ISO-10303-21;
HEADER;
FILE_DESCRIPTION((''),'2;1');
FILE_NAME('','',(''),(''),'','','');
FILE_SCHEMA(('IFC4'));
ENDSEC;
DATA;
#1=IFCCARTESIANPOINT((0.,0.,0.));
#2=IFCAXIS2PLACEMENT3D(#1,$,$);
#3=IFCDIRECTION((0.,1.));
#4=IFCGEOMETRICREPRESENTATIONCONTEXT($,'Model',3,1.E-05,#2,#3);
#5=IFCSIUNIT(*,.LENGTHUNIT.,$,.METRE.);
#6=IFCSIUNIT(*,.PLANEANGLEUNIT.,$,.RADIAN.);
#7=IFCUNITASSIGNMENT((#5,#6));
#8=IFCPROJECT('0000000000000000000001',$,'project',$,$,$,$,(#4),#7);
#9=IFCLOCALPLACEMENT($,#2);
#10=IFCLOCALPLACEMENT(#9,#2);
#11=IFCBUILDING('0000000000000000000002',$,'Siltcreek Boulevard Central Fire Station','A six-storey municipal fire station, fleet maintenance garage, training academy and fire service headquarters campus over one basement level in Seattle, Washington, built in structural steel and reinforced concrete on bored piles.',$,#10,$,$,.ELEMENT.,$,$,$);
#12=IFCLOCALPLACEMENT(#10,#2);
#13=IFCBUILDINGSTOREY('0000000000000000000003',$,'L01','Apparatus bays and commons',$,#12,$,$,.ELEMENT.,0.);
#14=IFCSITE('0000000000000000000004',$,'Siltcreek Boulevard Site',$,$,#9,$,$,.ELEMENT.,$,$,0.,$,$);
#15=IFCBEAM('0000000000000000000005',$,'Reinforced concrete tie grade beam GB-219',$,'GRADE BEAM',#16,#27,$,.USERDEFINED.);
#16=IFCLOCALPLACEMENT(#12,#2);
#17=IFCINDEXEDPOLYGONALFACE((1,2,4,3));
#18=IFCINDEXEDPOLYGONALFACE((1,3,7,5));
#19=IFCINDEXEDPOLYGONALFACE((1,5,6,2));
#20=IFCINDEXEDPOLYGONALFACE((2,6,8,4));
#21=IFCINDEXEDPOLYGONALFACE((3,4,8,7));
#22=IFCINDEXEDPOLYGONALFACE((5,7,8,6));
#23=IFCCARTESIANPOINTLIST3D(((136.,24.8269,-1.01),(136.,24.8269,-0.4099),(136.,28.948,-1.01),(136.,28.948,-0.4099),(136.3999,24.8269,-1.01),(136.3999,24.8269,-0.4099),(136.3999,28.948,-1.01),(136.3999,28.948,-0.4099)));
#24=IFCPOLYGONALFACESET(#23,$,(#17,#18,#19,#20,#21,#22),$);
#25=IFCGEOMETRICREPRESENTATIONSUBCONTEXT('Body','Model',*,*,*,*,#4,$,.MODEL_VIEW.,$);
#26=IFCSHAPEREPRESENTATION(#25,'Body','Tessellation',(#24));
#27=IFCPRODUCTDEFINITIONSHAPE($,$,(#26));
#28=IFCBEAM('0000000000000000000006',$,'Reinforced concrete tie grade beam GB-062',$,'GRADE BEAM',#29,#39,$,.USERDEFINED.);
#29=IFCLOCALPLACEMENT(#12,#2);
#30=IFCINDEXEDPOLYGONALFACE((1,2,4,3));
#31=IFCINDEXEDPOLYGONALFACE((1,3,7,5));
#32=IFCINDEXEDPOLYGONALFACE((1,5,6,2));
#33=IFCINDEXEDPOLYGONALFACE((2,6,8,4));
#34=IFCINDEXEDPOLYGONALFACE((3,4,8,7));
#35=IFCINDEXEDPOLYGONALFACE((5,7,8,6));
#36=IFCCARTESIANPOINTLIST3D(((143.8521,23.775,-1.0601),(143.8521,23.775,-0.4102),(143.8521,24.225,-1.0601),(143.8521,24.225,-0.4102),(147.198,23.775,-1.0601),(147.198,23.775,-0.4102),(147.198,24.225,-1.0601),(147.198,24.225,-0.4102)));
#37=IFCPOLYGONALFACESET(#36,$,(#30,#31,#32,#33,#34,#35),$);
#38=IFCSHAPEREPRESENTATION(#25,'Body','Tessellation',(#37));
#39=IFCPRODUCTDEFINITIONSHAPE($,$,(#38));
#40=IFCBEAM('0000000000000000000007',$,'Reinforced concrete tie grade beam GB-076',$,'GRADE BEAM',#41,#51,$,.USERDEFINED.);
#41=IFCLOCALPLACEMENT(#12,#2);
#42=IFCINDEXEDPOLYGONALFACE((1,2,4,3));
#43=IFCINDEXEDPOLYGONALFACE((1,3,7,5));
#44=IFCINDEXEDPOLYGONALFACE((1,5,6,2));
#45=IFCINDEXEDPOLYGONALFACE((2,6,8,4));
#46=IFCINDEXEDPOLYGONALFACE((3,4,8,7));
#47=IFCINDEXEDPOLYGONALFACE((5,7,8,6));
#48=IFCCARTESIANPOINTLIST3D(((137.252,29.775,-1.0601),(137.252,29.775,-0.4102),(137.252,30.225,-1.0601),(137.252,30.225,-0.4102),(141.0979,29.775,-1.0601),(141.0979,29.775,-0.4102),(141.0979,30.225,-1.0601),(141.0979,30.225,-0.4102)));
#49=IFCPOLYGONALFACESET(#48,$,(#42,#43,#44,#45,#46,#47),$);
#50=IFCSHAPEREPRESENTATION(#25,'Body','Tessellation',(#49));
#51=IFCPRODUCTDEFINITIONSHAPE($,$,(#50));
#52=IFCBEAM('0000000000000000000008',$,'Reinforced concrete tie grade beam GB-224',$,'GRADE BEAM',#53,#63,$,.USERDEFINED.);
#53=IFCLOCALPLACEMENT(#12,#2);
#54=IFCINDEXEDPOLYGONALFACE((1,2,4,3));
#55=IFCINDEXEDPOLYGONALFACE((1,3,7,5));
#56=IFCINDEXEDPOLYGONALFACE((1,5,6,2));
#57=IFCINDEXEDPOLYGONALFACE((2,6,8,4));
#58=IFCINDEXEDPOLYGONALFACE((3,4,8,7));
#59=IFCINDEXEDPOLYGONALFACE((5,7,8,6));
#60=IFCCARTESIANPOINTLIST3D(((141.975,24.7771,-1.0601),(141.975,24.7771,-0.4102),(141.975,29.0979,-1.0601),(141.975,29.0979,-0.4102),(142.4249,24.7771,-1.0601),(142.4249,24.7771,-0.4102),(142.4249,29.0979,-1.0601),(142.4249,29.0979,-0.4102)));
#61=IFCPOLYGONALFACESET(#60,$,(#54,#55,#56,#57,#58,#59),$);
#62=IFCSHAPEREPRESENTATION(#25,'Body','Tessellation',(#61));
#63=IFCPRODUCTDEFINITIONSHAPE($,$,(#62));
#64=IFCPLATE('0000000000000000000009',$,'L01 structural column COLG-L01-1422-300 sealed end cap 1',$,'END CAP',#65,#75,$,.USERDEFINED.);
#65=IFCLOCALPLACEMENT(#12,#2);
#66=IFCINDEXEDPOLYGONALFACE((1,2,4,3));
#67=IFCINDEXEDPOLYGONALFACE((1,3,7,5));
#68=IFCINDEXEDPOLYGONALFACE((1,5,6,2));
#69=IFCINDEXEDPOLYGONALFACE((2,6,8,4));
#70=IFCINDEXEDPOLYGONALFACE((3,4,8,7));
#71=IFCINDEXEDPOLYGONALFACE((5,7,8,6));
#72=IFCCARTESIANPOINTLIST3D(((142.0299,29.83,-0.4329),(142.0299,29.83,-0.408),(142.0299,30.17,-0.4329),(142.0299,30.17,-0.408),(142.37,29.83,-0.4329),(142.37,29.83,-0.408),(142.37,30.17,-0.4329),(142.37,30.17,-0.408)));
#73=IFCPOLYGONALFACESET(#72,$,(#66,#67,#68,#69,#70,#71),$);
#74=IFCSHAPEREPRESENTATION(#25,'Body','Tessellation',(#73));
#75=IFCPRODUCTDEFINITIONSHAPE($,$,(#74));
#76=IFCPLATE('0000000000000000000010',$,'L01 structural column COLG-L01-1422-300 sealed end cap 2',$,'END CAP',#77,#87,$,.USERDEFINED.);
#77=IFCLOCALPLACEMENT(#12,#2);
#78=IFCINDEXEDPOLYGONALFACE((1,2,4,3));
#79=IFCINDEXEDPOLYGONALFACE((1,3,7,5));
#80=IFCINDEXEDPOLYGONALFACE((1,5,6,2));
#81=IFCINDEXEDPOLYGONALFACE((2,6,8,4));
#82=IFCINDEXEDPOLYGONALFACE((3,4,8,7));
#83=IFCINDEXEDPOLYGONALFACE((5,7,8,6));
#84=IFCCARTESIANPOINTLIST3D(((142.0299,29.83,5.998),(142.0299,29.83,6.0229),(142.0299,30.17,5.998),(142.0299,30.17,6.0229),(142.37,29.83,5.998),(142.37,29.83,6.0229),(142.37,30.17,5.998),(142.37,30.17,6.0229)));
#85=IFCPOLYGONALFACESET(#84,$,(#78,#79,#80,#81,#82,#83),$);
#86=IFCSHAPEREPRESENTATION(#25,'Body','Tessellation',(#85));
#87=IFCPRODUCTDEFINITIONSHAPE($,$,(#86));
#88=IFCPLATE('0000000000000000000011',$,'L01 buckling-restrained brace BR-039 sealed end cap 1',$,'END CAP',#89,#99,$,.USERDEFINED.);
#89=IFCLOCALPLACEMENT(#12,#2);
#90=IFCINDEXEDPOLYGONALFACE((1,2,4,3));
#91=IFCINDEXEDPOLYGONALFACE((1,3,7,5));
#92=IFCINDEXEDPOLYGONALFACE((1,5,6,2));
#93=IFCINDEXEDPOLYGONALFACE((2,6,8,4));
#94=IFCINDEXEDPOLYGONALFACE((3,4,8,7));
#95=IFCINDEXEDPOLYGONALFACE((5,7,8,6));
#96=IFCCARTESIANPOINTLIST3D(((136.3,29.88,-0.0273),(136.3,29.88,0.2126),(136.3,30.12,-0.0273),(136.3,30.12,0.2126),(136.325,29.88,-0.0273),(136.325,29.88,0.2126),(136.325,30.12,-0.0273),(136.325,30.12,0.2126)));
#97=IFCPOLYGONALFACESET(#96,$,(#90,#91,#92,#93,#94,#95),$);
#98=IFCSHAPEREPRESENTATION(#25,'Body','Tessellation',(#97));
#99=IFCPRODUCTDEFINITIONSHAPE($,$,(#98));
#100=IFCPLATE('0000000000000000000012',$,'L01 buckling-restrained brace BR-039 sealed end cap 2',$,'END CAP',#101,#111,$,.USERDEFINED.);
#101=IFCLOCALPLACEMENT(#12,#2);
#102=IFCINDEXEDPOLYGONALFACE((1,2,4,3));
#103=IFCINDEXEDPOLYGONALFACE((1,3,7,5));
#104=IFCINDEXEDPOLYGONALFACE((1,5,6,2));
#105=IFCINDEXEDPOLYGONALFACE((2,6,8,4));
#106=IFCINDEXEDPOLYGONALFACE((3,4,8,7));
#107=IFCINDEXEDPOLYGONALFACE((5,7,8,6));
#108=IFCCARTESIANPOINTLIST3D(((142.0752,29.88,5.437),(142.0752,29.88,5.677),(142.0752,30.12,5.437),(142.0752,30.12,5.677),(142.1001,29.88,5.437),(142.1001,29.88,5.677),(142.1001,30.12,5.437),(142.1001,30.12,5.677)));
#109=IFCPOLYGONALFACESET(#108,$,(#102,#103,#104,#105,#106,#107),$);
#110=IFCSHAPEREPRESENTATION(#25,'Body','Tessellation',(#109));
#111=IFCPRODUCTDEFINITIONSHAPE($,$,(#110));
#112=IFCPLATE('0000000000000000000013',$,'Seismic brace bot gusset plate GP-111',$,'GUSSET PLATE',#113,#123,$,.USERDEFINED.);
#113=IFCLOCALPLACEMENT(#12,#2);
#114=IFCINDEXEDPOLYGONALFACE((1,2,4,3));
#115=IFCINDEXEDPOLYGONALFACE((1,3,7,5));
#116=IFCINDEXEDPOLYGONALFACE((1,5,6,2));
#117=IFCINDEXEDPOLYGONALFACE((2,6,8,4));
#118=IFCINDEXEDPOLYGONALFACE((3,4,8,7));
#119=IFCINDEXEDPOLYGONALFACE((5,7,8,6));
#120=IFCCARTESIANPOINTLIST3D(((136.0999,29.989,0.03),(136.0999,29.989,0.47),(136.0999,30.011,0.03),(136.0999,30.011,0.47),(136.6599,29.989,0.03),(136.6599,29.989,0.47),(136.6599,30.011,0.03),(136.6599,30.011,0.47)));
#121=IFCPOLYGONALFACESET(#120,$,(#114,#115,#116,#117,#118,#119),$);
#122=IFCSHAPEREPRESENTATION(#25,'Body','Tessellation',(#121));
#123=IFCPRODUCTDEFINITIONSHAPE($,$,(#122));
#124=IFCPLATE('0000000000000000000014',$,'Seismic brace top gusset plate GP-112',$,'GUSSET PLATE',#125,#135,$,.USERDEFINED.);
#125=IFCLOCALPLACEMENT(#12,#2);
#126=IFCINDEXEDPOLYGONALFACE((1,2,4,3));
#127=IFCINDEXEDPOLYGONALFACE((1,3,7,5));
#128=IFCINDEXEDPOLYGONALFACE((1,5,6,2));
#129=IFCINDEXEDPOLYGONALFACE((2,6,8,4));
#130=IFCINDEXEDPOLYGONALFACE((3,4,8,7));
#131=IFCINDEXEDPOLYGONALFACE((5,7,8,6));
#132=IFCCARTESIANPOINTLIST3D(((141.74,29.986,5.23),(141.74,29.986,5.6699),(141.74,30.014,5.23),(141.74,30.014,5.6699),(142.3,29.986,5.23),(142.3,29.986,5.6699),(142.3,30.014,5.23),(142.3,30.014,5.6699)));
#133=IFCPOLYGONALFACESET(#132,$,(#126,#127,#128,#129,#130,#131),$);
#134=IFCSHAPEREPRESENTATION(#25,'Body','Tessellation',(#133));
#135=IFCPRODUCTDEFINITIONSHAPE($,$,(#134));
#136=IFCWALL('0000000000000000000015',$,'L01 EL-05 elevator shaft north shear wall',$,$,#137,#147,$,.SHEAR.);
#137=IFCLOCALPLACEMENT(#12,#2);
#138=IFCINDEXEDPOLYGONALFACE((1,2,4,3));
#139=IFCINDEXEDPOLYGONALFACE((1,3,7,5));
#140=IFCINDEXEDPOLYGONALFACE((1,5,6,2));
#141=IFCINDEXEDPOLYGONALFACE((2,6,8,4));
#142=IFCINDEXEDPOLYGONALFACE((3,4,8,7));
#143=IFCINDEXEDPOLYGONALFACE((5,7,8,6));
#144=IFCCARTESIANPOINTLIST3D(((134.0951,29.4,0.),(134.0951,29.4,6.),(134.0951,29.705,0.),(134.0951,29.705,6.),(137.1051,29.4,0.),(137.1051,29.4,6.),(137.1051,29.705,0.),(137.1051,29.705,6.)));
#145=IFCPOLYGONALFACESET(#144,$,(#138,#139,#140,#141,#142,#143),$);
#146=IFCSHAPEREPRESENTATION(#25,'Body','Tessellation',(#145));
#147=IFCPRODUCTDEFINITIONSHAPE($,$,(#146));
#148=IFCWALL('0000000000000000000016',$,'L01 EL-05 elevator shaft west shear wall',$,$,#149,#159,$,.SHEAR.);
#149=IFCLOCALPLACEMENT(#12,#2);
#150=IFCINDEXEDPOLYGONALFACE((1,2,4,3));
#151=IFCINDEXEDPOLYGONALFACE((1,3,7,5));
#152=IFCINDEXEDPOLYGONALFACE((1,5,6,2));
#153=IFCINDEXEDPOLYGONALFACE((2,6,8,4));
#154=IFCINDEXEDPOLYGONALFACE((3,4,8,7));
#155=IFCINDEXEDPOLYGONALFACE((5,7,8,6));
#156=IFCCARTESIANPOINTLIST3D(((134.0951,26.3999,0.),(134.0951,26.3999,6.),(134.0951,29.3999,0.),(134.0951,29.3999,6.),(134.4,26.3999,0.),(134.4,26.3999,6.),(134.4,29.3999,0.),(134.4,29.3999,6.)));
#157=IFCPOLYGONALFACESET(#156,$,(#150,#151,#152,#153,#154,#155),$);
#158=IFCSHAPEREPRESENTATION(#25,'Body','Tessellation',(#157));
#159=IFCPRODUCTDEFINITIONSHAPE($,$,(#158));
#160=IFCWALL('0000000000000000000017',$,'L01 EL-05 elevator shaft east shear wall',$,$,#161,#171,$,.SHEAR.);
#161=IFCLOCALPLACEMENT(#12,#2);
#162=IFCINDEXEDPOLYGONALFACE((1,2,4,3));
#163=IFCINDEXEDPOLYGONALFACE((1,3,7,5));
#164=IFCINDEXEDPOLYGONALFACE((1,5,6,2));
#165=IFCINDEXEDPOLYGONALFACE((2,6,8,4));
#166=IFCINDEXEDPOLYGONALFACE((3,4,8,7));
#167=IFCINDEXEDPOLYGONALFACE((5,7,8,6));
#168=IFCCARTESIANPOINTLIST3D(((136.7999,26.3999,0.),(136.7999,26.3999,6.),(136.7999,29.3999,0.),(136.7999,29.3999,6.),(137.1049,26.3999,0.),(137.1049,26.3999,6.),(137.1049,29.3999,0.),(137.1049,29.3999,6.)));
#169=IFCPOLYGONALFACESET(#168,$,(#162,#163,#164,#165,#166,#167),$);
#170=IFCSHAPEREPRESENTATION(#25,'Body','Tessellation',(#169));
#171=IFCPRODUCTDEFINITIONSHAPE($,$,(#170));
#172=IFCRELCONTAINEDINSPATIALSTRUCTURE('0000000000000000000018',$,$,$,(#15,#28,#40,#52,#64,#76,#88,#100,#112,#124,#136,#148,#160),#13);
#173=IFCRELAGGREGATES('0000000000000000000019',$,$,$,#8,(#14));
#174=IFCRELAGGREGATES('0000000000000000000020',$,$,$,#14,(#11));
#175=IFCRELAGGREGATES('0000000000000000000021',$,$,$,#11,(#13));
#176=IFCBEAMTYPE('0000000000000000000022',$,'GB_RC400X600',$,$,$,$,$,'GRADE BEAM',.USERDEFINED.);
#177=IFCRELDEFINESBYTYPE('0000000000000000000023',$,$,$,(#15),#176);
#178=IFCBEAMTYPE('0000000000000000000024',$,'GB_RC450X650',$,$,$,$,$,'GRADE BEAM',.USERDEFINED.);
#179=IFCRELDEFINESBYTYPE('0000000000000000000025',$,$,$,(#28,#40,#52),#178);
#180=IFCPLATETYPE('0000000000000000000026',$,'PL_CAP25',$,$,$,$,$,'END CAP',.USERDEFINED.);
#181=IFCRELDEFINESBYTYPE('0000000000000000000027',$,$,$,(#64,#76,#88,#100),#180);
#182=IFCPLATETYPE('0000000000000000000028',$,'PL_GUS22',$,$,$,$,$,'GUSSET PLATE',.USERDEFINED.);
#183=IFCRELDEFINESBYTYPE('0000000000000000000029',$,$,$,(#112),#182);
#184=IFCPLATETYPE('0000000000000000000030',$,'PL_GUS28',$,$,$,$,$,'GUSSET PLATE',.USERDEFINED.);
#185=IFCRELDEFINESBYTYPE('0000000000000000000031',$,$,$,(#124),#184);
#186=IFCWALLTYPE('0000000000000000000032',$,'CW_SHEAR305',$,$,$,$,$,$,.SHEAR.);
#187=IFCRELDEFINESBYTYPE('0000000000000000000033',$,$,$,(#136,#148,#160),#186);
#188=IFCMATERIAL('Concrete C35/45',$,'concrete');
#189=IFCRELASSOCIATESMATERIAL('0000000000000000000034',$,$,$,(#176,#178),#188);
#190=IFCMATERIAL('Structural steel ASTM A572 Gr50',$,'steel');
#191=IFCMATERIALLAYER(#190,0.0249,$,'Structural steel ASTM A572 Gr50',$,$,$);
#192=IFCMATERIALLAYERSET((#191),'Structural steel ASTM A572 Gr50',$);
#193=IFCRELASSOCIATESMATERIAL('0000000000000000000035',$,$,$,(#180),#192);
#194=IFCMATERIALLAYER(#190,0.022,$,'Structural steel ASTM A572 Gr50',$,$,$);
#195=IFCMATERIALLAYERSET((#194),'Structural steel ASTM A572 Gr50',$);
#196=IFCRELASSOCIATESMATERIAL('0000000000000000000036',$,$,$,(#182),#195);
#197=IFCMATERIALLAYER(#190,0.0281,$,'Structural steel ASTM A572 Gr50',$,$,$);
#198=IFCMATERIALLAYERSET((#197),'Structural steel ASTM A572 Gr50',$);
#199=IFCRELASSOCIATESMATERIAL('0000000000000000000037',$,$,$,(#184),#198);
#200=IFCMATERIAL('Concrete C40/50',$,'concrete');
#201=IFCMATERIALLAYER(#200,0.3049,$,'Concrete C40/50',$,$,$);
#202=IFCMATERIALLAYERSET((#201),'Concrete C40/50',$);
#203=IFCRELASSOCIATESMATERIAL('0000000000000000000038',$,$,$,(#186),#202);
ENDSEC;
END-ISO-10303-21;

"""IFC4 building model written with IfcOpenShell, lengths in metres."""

from ifc_helpers import new_model, si_unit, direction, frame, frame_2d, origin, origin_2d, place, context, subcontext, project, spatial, rectangle, extrude, material, layer, layer_set, material_profile, profile_set, type_object, element, save


model = new_model("IFC4")

# Units and contexts
model_context = context("Model", 3, precision=1e-05, world=origin(), true_north=direction((0.0, 1.0)))
body_context = subcontext(model_context, "Body", "Model", "MODEL_VIEW")
ifc_project = project(units=[si_unit("LENGTHUNIT", "METRE"), si_unit("PLANEANGLEUNIT", "RADIAN")], contexts=[model_context])

# Site, building, storey
site_placement = place(None, origin())
site = spatial("IfcSite", under=ifc_project, at=site_placement, Name="Siltcreek Boulevard Site", CompositionType="ELEMENT", RefElevation=0.0)
building_placement = place(site_placement, origin())
building = spatial("IfcBuilding", under=site, at=building_placement, Name="Siltcreek Boulevard Central Fire Station", Description="A six-storey municipal fire station, fleet maintenance garage, training academy and fire service headquarters campus over one basement level in Seattle, Washington, built in structural steel and reinforced concrete on bored piles.", CompositionType="ELEMENT")
storey_placement = place(building_placement, origin())
storey = spatial("IfcBuildingStorey", under=building, at=storey_placement, Name="L01", Description="Apparatus bays and commons", CompositionType="ELEMENT", Elevation=0.0)

# Shared definitions
ifc_material_1 = material(Name="Concrete C35/45", Category="concrete")

# Beams
ifc_material_profile_1 = material_profile(ifc_material_1, rectangle(XDim=0.3999, YDim=0.6001, at=origin_2d()), Name="RC400X600")
ifc_profile_set_1 = profile_set([ifc_material_profile_1], Name="Concrete C35/45")
beam_type_1 = type_object("IfcBeamType", Name="GB_RC400X600", ElementType="GRADE BEAM", PredefinedType="USERDEFINED", material=ifc_profile_set_1)
beam_1_placement = place(storey_placement, frame((136.2, 24.8269, -0.71), z_axis=(0.0, 1.0, 0.0), x_axis=(-1.0, 0.0, 0.0)))
element("IfcBeam", 1, at=beam_1_placement, inside=storey, type_object=beam_type_1, Name="Reinforced concrete tie grade beam GB-219", ObjectType="GRADE BEAM", PredefinedType="USERDEFINED", context=body_context, shape_type="SweptSolid", body=[
    extrude(rectangle(XDim=0.3999, YDim=0.6001, at=origin_2d()), origin(), (0.0, 0.0, 1.0), 4.1211),
])
ifc_material_profile_2 = material_profile(ifc_material_1, rectangle(XDim=0.45, YDim=0.6499, at=origin_2d()), Name="RC450X650")
ifc_profile_set_2 = profile_set([ifc_material_profile_2], Name="Concrete C35/45")
beam_type_2 = type_object("IfcBeamType", Name="GB_RC450X650", ElementType="GRADE BEAM", PredefinedType="USERDEFINED", material=ifc_profile_set_2)
beam_2_placement = place(storey_placement, frame((143.8521, 24.0, -0.7351), z_axis=(1.0, 0.0, 0.0), x_axis=(0.0, 1.0, 0.0)))
element("IfcBeam", 2, at=beam_2_placement, inside=storey, type_object=beam_type_2, Name="Reinforced concrete tie grade beam GB-062", ObjectType="GRADE BEAM", PredefinedType="USERDEFINED", context=body_context, shape_type="SweptSolid", body=[
    extrude(rectangle(XDim=0.45, YDim=0.6499, at=origin_2d()), origin(), (0.0, 0.0, 1.0), 3.3459),
])
beam_3_placement = place(storey_placement, frame((137.252, 30.0, -0.7351), z_axis=(1.0, 0.0, 0.0), x_axis=(0.0, 1.0, 0.0)))
element("IfcBeam", 3, at=beam_3_placement, inside=storey, type_object=beam_type_2, Name="Reinforced concrete tie grade beam GB-076", ObjectType="GRADE BEAM", PredefinedType="USERDEFINED", context=body_context, shape_type="SweptSolid", body=[
    extrude(rectangle(XDim=0.45, YDim=0.6499, at=origin_2d()), origin(), (0.0, 0.0, 1.0), 3.8459),
])
beam_4_placement = place(storey_placement, frame((142.2, 24.7771, -0.7351), z_axis=(0.0, 1.0, 0.0), x_axis=(-1.0, 0.0, 0.0)))
element("IfcBeam", 4, at=beam_4_placement, inside=storey, type_object=beam_type_2, Name="Reinforced concrete tie grade beam GB-224", ObjectType="GRADE BEAM", PredefinedType="USERDEFINED", context=body_context, shape_type="SweptSolid", body=[
    extrude(rectangle(XDim=0.45, YDim=0.6499, at=origin_2d()), origin(), (0.0, 0.0, 1.0), 4.3208),
])

# Plates
ifc_material_2 = material(Name="Structural steel ASTM A572 Gr50", Category="steel")
ifc_layer_1 = layer(ifc_material_2, 0.0249, Name="Structural steel ASTM A572 Gr50")
ifc_layer_set_1 = layer_set([ifc_layer_1], Name="Structural steel ASTM A572 Gr50")
plate_type_1 = type_object("IfcPlateType", Name="PL_CAP25", ElementType="END CAP", PredefinedType="USERDEFINED", material=ifc_layer_set_1)
for number, where, z_axis, x_axis, name in (
    (5, (142.2, 30.0, -0.4329), (0.0, 0.0, 1.0), (1.0, 0.0, 0.0), "L01 structural column COLG-L01-1422-300 sealed end cap 1"),
    (6, (142.2, 30.0, 5.998), (0.0, 0.0, 1.0), (1.0, 0.0, 0.0), "L01 structural column COLG-L01-1422-300 sealed end cap 2"),
):
    element("IfcPlate", number, at=place(storey_placement, frame(where, z_axis=z_axis, x_axis=x_axis)), inside=storey, type_object=plate_type_1, Name=name, ObjectType="END CAP", PredefinedType="USERDEFINED", context=body_context, shape_type="SweptSolid", body=[
        extrude(rectangle(XDim=0.3401, YDim=0.3401, at=origin_2d()), origin(), (0.0, 0.0, 1.0), 0.0249),
    ])
for number, where, z_axis, x_axis, name in (
    (7, (136.3125, 30.0, -0.0273), (0.0, 0.0, 1.0), (1.0, 0.0, 0.0), "L01 buckling-restrained brace BR-039 sealed end cap 1"),
    (8, (142.0876, 30.0, 5.437), (0.0, 0.0, 1.0), (1.0, 0.0, 0.0), "L01 buckling-restrained brace BR-039 sealed end cap 2"),
):
    element("IfcPlate", number, at=place(storey_placement, frame(where, z_axis=z_axis, x_axis=x_axis)), inside=storey, type_object=plate_type_1, Name=name, ObjectType="END CAP", PredefinedType="USERDEFINED", context=body_context, shape_type="SweptSolid", body=[
        extrude(rectangle(XDim=0.0249, YDim=0.24, at=origin_2d()), origin(), (0.0, 0.0, 1.0), 0.24),
    ])
ifc_layer_2 = layer(ifc_material_2, 0.022, Name="Structural steel ASTM A572 Gr50")
ifc_layer_set_2 = layer_set([ifc_layer_2], Name="Structural steel ASTM A572 Gr50")
plate_type_2 = type_object("IfcPlateType", Name="PL_GUS22", ElementType="GUSSET PLATE", PredefinedType="USERDEFINED", material=ifc_layer_set_2)
plate_1_placement = place(storey_placement, frame((136.3799, 30.0, 0.03), z_axis=(0.0, 0.0, 1.0), x_axis=(1.0, 0.0, 0.0)))
element("IfcPlate", 9, at=plate_1_placement, inside=storey, type_object=plate_type_2, Name="Seismic brace bot gusset plate GP-111", ObjectType="GUSSET PLATE", PredefinedType="USERDEFINED", context=body_context, shape_type="SweptSolid", body=[
    extrude(rectangle(XDim=0.5601, YDim=0.022, at=origin_2d()), origin(), (0.0, 0.0, 1.0), 0.4399),
])
ifc_layer_3 = layer(ifc_material_2, 0.0281, Name="Structural steel ASTM A572 Gr50")
ifc_layer_set_3 = layer_set([ifc_layer_3], Name="Structural steel ASTM A572 Gr50")
plate_type_3 = type_object("IfcPlateType", Name="PL_GUS28", ElementType="GUSSET PLATE", PredefinedType="USERDEFINED", material=ifc_layer_set_3)
plate_2_placement = place(storey_placement, frame((142.02, 30.0, 5.23), z_axis=(0.0, 0.0, 1.0), x_axis=(1.0, 0.0, 0.0)))
element("IfcPlate", 10, at=plate_2_placement, inside=storey, type_object=plate_type_3, Name="Seismic brace top gusset plate GP-112", ObjectType="GUSSET PLATE", PredefinedType="USERDEFINED", context=body_context, shape_type="SweptSolid", body=[
    extrude(rectangle(XDim=0.5601, YDim=0.0281, at=origin_2d()), origin(), (0.0, 0.0, 1.0), 0.4399),
])

# Walls
ifc_material_3 = material(Name="Concrete C40/50", Category="concrete")
ifc_layer_4 = layer(ifc_material_3, 0.3049, Name="Concrete C40/50")
ifc_layer_set_4 = layer_set([ifc_layer_4], Name="Concrete C40/50")
wall_type_1 = type_object("IfcWallType", Name="CW_SHEAR305", PredefinedType="SHEAR", material=ifc_layer_set_4)
wall_1_placement = place(storey_placement, frame((137.105, 29.5525, 0.0), z_axis=(0.0, 0.0, 1.0), x_axis=(-1.0, 0.0, 0.0)))
element("IfcWall", 11, at=wall_1_placement, inside=storey, type_object=wall_type_1, Name="L01 EL-05 elevator shaft north shear wall", PredefinedType="SHEAR", context=body_context, shape_type="SweptSolid", body=[
    extrude(rectangle(XDim=3.01, YDim=0.3049, at=frame_2d((1.5049, 0.0))), origin(), (0.0, 0.0, 1.0), 6.0),
])
for number, where, z_axis, x_axis, name in (
    (12, (134.2476, 29.3999, 0.0), (0.0, 0.0, 1.0), (0.0, -1.0, 0.0), "L01 EL-05 elevator shaft west shear wall"),
    (13, (136.9524, 26.3999, 0.0), (0.0, 0.0, 1.0), (0.0, 1.0, 0.0), "L01 EL-05 elevator shaft east shear wall"),
):
    element("IfcWall", number, at=place(storey_placement, frame(where, z_axis=z_axis, x_axis=x_axis)), inside=storey, type_object=wall_type_1, Name=name, PredefinedType="SHEAR", context=body_context, shape_type="SweptSolid", body=[
        extrude(rectangle(XDim=3.0, YDim=0.3049, at=frame_2d((1.5, 0.0))), origin(), (0.0, 0.0, 1.0), 6.0),
    ])

save(model, "model.ifc")
